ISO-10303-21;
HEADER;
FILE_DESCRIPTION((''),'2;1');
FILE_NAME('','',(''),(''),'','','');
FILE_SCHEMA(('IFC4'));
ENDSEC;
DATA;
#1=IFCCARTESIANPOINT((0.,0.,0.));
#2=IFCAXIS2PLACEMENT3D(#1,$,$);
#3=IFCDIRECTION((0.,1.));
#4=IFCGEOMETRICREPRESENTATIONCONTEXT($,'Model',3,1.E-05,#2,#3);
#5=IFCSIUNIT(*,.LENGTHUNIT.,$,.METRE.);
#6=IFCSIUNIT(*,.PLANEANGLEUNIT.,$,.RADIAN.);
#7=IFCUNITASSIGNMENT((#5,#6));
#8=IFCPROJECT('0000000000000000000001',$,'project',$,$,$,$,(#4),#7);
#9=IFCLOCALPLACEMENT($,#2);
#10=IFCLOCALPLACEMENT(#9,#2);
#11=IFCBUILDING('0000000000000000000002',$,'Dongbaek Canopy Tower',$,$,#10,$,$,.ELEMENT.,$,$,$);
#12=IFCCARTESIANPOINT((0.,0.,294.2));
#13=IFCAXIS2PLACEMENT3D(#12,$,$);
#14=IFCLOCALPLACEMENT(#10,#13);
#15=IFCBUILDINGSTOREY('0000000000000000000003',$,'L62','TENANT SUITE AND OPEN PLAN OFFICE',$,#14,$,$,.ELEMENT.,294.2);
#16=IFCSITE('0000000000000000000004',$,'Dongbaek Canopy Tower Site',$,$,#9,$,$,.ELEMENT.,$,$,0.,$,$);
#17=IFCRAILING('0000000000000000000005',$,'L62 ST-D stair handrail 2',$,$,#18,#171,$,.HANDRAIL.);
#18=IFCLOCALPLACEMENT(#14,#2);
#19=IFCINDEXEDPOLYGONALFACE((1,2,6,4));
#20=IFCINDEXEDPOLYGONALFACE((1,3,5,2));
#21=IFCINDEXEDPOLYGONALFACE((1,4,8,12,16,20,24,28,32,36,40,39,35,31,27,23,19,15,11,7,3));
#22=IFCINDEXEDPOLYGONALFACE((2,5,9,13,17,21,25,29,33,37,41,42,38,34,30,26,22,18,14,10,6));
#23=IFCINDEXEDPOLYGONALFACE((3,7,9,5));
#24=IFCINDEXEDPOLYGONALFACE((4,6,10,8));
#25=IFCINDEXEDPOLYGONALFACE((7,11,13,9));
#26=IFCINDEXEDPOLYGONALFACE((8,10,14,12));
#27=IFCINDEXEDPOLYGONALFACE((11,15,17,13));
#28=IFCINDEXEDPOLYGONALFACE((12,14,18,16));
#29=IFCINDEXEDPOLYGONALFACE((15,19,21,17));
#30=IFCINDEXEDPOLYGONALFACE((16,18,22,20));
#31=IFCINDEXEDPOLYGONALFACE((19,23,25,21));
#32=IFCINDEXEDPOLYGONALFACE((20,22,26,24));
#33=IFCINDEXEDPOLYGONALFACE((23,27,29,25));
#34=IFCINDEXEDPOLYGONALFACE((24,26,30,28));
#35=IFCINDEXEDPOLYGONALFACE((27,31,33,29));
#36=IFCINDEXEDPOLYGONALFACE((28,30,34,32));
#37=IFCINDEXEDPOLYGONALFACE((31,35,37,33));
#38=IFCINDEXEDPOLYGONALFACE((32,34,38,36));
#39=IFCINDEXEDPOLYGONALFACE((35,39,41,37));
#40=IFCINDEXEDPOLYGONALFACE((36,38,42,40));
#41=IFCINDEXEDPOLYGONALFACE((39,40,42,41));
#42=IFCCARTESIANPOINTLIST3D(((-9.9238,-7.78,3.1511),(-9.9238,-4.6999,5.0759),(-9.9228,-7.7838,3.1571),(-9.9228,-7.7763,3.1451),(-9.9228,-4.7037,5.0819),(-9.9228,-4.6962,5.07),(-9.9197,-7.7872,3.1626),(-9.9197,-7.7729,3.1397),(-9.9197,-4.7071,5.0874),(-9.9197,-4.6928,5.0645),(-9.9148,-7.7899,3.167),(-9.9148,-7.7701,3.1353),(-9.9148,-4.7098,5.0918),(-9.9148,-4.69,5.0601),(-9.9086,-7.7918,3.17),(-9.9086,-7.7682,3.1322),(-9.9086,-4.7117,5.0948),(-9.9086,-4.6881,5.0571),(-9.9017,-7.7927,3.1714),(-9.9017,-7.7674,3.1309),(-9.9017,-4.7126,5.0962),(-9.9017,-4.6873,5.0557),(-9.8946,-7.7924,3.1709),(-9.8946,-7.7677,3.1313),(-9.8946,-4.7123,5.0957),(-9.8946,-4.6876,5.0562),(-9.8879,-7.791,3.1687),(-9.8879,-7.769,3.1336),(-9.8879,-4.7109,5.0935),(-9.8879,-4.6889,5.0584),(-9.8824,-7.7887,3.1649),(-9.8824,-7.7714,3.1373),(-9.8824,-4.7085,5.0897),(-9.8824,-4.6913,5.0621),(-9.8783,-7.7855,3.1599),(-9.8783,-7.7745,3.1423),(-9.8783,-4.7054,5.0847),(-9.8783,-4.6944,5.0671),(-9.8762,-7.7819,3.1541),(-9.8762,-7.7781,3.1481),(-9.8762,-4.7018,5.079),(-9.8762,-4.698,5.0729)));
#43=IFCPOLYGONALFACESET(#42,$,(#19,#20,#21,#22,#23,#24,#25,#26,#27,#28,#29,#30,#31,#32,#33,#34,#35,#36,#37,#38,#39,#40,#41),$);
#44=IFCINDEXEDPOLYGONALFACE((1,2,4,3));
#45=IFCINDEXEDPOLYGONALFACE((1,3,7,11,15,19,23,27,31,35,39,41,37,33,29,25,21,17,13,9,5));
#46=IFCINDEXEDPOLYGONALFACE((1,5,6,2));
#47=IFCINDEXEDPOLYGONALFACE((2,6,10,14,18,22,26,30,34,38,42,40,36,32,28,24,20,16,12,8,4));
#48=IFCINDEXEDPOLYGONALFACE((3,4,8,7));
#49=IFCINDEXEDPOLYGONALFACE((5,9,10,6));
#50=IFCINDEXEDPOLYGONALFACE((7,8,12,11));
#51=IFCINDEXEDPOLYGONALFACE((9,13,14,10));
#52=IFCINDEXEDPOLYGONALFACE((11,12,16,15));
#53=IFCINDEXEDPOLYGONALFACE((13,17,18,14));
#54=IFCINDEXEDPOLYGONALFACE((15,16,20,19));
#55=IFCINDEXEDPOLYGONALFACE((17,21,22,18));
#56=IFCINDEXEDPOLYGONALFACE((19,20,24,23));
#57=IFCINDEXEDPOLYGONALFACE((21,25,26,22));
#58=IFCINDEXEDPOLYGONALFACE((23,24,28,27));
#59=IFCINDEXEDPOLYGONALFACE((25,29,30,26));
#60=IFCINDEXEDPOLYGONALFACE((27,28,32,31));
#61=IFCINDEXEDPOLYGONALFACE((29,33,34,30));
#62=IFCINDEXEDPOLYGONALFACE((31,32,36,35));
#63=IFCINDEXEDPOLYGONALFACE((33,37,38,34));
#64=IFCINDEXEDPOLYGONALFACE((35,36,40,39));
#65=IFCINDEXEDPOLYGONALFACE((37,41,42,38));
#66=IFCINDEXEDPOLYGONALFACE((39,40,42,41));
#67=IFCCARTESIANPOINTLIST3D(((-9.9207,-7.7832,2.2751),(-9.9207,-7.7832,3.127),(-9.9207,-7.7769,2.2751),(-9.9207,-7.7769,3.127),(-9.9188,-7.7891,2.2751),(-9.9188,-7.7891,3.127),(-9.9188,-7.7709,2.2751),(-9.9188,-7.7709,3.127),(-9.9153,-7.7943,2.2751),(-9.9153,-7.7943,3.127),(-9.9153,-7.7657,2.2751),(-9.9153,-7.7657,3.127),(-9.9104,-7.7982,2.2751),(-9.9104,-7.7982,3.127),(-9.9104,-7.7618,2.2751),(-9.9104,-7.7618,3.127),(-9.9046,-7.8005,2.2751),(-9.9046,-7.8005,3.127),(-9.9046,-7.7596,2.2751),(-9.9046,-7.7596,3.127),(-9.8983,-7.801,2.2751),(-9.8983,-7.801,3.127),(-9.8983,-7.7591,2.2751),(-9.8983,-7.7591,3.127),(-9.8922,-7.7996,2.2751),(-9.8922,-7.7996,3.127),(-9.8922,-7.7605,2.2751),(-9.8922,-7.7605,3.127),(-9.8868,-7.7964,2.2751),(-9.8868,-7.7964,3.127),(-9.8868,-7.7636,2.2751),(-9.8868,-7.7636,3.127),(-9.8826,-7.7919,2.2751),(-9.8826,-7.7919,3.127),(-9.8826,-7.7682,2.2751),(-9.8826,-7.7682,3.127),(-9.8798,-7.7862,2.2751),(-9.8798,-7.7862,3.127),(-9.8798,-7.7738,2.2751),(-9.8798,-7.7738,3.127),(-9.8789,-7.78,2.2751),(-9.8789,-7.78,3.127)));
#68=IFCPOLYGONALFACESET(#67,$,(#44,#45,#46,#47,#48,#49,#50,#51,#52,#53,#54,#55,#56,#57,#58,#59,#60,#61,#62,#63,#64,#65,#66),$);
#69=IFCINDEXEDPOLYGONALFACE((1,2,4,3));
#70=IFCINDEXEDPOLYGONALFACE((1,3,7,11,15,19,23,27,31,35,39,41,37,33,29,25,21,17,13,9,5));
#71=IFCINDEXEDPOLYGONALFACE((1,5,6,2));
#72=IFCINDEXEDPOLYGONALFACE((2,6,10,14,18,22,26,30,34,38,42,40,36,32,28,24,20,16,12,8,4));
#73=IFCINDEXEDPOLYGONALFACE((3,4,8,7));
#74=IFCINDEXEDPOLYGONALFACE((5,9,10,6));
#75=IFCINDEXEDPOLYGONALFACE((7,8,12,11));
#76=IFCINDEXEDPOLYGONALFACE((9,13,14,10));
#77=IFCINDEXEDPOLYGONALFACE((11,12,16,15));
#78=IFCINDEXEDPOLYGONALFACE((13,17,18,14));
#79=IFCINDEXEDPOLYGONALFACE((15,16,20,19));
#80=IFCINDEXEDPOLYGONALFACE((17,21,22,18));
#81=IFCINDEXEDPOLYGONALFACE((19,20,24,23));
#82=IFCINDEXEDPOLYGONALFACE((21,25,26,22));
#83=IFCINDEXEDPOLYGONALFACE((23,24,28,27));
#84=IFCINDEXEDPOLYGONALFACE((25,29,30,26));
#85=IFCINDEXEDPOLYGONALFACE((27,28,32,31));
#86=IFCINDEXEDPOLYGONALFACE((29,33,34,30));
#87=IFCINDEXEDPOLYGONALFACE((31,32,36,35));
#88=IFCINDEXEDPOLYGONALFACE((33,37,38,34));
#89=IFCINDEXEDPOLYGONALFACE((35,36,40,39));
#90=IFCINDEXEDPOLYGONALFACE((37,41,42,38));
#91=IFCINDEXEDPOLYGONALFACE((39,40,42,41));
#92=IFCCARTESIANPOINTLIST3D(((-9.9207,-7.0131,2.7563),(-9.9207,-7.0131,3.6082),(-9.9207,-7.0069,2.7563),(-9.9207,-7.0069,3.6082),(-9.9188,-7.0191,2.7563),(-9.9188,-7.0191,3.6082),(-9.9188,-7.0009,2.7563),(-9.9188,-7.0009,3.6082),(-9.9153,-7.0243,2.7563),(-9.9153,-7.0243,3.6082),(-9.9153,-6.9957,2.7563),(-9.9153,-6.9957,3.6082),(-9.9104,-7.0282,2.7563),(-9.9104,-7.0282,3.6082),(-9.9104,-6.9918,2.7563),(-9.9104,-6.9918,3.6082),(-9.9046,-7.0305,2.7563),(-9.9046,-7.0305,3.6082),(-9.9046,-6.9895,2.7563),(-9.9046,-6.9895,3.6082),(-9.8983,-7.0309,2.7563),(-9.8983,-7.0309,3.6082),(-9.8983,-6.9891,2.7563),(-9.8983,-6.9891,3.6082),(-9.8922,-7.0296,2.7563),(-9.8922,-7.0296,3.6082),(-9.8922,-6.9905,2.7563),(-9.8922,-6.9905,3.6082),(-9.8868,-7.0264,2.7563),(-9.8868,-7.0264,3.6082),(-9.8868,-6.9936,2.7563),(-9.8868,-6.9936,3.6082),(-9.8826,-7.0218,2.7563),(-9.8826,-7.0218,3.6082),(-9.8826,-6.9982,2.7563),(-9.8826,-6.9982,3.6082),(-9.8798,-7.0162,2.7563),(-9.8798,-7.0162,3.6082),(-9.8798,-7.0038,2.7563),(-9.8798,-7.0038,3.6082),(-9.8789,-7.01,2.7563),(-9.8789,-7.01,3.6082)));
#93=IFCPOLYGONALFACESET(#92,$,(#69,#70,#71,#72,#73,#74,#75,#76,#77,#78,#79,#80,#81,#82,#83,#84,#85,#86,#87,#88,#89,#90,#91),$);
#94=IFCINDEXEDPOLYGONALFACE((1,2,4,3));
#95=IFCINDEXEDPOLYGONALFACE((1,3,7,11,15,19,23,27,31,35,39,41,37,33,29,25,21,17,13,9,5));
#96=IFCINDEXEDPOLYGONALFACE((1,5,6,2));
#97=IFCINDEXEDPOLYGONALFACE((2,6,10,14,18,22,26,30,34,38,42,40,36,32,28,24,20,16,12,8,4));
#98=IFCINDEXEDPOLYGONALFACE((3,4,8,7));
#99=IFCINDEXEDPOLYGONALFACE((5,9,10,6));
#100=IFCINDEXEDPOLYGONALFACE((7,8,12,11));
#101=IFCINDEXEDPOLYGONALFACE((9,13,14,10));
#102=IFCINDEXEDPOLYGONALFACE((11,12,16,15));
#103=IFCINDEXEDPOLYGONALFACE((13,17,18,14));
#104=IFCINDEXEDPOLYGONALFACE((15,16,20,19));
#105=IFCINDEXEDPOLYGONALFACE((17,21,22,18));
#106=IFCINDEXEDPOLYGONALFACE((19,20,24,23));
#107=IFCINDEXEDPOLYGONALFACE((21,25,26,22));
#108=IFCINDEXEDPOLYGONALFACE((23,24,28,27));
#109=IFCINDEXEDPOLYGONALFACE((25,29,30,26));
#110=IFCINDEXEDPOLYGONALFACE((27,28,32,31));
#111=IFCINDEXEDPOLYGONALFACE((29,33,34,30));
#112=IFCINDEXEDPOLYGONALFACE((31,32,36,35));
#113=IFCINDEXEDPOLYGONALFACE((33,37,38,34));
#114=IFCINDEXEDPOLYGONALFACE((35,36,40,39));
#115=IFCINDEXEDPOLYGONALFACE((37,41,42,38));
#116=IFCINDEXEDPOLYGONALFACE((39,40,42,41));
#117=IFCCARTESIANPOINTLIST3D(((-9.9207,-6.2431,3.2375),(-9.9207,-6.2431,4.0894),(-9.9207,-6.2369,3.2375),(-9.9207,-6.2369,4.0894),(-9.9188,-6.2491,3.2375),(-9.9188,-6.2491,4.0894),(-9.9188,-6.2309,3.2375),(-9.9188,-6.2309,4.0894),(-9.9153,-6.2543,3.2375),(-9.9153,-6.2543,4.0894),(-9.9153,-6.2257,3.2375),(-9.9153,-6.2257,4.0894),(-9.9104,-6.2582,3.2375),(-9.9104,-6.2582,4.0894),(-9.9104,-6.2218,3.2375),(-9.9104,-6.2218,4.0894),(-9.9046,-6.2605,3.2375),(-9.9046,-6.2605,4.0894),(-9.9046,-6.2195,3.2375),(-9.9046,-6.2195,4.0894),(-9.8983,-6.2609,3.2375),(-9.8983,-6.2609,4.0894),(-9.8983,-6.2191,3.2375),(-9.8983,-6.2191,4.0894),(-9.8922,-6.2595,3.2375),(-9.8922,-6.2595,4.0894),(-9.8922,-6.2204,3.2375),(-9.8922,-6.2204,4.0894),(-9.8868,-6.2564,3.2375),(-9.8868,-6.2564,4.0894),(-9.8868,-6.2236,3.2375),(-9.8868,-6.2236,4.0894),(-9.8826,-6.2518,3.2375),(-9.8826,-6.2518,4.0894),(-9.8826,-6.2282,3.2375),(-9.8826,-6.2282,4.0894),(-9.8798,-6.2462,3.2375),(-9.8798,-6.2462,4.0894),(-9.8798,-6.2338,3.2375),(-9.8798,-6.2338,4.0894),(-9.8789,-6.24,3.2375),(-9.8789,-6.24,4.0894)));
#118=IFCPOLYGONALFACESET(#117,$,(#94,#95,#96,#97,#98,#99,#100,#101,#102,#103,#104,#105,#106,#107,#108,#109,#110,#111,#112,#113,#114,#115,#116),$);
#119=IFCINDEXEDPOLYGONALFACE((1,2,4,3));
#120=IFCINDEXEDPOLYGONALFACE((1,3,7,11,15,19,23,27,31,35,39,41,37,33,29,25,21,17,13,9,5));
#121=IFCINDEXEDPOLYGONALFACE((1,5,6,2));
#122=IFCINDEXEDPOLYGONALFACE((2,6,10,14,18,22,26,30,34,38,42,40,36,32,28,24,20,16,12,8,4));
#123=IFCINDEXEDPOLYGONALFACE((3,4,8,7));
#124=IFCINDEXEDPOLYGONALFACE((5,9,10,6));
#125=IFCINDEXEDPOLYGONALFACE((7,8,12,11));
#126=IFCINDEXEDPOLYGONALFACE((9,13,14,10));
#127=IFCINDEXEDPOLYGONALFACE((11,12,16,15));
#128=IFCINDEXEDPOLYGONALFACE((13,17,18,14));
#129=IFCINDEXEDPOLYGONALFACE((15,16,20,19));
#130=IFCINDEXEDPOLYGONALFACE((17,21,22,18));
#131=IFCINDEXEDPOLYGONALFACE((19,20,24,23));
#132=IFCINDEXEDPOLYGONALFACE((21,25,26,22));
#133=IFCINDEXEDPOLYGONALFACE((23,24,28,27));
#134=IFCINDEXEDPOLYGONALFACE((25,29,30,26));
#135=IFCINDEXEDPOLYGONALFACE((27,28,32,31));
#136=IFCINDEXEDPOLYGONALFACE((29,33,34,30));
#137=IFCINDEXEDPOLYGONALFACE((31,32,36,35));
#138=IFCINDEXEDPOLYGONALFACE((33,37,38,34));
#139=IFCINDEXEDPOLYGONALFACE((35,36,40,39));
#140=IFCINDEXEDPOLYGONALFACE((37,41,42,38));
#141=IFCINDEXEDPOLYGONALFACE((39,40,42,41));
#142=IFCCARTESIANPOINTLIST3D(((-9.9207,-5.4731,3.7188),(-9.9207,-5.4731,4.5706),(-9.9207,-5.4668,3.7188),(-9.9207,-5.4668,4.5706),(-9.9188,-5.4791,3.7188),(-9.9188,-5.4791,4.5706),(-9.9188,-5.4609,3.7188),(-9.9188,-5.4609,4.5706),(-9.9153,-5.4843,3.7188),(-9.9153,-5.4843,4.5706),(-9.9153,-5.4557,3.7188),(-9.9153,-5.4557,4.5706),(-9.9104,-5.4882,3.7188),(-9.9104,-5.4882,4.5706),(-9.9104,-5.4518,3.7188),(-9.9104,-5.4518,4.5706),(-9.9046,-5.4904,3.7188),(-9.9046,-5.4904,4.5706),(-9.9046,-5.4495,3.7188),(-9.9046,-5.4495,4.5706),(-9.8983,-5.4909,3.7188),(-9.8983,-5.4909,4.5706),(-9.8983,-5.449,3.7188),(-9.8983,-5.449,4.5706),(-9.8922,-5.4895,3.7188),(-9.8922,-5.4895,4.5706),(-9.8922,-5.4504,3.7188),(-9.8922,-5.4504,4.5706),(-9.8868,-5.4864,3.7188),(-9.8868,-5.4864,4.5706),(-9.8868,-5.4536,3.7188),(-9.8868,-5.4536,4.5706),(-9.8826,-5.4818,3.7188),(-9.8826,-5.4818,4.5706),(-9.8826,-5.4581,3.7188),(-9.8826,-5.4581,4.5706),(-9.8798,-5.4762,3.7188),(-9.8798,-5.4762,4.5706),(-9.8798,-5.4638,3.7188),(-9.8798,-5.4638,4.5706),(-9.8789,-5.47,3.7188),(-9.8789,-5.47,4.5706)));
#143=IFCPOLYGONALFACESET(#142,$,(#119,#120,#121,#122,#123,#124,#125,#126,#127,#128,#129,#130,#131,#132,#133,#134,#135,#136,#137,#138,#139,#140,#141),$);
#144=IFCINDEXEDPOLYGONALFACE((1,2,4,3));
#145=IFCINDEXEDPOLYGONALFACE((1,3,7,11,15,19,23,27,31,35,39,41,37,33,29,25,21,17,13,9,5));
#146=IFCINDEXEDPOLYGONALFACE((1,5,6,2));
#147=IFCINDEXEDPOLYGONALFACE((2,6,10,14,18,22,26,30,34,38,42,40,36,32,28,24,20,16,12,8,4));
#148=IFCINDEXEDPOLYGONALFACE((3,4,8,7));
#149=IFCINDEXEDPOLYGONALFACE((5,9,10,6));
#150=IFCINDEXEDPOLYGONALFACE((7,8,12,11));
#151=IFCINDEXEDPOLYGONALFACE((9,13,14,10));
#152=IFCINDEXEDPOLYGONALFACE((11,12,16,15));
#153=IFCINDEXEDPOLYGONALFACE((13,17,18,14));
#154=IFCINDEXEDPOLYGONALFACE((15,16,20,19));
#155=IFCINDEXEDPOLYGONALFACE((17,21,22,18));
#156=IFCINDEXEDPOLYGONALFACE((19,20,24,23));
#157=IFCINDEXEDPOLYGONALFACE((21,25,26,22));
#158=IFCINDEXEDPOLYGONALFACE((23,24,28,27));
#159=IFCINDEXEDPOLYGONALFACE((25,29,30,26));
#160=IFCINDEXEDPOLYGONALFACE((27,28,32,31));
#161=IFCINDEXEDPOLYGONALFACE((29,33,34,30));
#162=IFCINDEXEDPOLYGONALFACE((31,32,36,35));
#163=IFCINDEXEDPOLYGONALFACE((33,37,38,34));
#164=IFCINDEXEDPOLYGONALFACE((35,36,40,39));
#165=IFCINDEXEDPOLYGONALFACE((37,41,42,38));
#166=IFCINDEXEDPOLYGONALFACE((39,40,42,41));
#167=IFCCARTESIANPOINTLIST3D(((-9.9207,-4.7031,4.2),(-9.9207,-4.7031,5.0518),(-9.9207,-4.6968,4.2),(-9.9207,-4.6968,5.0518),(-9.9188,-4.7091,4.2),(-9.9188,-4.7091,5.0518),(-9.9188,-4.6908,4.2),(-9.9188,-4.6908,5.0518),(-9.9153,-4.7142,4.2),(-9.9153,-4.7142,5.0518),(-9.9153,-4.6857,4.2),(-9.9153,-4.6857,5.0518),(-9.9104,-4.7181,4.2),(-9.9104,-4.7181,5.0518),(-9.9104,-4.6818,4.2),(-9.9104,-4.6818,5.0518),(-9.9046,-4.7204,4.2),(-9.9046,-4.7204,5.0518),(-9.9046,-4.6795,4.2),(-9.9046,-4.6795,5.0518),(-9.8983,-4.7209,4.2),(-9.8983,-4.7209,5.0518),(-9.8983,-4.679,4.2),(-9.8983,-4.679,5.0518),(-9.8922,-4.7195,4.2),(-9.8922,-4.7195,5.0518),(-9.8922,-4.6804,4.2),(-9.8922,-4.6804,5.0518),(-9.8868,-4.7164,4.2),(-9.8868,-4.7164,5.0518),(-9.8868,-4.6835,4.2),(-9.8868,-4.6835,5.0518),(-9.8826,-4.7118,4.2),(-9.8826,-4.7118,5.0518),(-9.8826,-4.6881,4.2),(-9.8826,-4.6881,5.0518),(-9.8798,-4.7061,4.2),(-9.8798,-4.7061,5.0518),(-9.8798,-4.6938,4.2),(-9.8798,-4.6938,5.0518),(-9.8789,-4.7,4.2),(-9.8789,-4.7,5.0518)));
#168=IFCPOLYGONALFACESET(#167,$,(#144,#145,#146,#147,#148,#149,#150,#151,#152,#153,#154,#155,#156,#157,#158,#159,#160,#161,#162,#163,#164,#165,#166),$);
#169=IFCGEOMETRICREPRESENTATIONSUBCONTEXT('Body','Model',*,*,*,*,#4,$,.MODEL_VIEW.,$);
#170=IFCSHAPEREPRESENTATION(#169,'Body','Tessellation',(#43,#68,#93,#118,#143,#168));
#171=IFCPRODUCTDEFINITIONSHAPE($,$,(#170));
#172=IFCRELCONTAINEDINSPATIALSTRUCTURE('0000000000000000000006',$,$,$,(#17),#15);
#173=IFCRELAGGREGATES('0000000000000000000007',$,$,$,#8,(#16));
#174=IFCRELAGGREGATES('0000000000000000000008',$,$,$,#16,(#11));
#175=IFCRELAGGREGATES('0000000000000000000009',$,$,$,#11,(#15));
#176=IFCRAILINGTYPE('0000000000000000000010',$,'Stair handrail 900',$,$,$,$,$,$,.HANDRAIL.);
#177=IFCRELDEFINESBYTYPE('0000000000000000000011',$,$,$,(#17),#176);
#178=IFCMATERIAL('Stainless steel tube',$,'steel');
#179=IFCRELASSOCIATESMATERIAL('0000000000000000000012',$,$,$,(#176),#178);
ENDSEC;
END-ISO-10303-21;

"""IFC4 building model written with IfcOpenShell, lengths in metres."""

from ifc_helpers import new_model, si_unit, direction, frame, origin, origin_2d, place, context, subcontext, project, spatial, circle, extrude, material, type_object, element, save


model = new_model("IFC4")

# Units and contexts
model_context = context("Model", 3, precision=1e-05, world=origin(), true_north=direction((0.0, 1.0)))
body_context = subcontext(model_context, "Body", "Model", "MODEL_VIEW")
ifc_project = project(units=[si_unit("LENGTHUNIT", "METRE"), si_unit("PLANEANGLEUNIT", "RADIAN")], contexts=[model_context])

# Site, building, storey
site_placement = place(None, origin())
site = spatial("IfcSite", under=ifc_project, at=site_placement, Name="Dongbaek Canopy Tower Site", CompositionType="ELEMENT", RefElevation=0.0)
building_placement = place(site_placement, origin())
building = spatial("IfcBuilding", under=site, at=building_placement, Name="Dongbaek Canopy Tower", CompositionType="ELEMENT")
storey_placement = place(building_placement, frame((0.0, 0.0, 294.2)))
storey = spatial("IfcBuildingStorey", under=building, at=storey_placement, Name="L62", Description="TENANT SUITE AND OPEN PLAN OFFICE", CompositionType="ELEMENT", Elevation=294.2)

# Railing
ifc_material_1 = material(Name="Stainless steel tube", Category="steel")
railing_type_1 = type_object("IfcRailingType", Name="Stair handrail 900", PredefinedType="HANDRAIL", material=ifc_material_1)
railing_1_placement = place(storey_placement, frame((-9.8999, -7.78, 2.2751)))
element("IfcRailing", 1, at=railing_1_placement, inside=storey, type_object=railing_type_1, Name="L62 ST-D stair handrail 2", PredefinedType="HANDRAIL", context=body_context, shape_type="SweptSolid", body=[
    extrude(circle(Radius=0.0239, at=origin_2d()), frame((0.0, 0.0, 0.876), z_axis=(0.0, 0.848029, 0.529951), x_axis=(-1.0, 0.0, 0.0)), (0.0, 0.0, 1.0), 3.6321),
    extrude(circle(Radius=0.021, at=origin_2d()), origin(), (0.0, 0.0, 1.0), 0.8518),
    extrude(circle(Radius=0.021, at=origin_2d()), frame((0.0, 0.77, 0.4812)), (0.0, 0.0, 1.0), 0.8518),
    extrude(circle(Radius=0.021, at=origin_2d()), frame((0.0, 1.54, 0.9624)), (0.0, 0.0, 1.0), 0.8518),
    extrude(circle(Radius=0.021, at=origin_2d()), frame((0.0, 2.3101, 1.4436)), (0.0, 0.0, 1.0), 0.8518),
    extrude(circle(Radius=0.021, at=origin_2d()), frame((0.0, 3.0801, 1.9248)), (0.0, 0.0, 1.0), 0.8518),
])

save(model, "model.ifc")
